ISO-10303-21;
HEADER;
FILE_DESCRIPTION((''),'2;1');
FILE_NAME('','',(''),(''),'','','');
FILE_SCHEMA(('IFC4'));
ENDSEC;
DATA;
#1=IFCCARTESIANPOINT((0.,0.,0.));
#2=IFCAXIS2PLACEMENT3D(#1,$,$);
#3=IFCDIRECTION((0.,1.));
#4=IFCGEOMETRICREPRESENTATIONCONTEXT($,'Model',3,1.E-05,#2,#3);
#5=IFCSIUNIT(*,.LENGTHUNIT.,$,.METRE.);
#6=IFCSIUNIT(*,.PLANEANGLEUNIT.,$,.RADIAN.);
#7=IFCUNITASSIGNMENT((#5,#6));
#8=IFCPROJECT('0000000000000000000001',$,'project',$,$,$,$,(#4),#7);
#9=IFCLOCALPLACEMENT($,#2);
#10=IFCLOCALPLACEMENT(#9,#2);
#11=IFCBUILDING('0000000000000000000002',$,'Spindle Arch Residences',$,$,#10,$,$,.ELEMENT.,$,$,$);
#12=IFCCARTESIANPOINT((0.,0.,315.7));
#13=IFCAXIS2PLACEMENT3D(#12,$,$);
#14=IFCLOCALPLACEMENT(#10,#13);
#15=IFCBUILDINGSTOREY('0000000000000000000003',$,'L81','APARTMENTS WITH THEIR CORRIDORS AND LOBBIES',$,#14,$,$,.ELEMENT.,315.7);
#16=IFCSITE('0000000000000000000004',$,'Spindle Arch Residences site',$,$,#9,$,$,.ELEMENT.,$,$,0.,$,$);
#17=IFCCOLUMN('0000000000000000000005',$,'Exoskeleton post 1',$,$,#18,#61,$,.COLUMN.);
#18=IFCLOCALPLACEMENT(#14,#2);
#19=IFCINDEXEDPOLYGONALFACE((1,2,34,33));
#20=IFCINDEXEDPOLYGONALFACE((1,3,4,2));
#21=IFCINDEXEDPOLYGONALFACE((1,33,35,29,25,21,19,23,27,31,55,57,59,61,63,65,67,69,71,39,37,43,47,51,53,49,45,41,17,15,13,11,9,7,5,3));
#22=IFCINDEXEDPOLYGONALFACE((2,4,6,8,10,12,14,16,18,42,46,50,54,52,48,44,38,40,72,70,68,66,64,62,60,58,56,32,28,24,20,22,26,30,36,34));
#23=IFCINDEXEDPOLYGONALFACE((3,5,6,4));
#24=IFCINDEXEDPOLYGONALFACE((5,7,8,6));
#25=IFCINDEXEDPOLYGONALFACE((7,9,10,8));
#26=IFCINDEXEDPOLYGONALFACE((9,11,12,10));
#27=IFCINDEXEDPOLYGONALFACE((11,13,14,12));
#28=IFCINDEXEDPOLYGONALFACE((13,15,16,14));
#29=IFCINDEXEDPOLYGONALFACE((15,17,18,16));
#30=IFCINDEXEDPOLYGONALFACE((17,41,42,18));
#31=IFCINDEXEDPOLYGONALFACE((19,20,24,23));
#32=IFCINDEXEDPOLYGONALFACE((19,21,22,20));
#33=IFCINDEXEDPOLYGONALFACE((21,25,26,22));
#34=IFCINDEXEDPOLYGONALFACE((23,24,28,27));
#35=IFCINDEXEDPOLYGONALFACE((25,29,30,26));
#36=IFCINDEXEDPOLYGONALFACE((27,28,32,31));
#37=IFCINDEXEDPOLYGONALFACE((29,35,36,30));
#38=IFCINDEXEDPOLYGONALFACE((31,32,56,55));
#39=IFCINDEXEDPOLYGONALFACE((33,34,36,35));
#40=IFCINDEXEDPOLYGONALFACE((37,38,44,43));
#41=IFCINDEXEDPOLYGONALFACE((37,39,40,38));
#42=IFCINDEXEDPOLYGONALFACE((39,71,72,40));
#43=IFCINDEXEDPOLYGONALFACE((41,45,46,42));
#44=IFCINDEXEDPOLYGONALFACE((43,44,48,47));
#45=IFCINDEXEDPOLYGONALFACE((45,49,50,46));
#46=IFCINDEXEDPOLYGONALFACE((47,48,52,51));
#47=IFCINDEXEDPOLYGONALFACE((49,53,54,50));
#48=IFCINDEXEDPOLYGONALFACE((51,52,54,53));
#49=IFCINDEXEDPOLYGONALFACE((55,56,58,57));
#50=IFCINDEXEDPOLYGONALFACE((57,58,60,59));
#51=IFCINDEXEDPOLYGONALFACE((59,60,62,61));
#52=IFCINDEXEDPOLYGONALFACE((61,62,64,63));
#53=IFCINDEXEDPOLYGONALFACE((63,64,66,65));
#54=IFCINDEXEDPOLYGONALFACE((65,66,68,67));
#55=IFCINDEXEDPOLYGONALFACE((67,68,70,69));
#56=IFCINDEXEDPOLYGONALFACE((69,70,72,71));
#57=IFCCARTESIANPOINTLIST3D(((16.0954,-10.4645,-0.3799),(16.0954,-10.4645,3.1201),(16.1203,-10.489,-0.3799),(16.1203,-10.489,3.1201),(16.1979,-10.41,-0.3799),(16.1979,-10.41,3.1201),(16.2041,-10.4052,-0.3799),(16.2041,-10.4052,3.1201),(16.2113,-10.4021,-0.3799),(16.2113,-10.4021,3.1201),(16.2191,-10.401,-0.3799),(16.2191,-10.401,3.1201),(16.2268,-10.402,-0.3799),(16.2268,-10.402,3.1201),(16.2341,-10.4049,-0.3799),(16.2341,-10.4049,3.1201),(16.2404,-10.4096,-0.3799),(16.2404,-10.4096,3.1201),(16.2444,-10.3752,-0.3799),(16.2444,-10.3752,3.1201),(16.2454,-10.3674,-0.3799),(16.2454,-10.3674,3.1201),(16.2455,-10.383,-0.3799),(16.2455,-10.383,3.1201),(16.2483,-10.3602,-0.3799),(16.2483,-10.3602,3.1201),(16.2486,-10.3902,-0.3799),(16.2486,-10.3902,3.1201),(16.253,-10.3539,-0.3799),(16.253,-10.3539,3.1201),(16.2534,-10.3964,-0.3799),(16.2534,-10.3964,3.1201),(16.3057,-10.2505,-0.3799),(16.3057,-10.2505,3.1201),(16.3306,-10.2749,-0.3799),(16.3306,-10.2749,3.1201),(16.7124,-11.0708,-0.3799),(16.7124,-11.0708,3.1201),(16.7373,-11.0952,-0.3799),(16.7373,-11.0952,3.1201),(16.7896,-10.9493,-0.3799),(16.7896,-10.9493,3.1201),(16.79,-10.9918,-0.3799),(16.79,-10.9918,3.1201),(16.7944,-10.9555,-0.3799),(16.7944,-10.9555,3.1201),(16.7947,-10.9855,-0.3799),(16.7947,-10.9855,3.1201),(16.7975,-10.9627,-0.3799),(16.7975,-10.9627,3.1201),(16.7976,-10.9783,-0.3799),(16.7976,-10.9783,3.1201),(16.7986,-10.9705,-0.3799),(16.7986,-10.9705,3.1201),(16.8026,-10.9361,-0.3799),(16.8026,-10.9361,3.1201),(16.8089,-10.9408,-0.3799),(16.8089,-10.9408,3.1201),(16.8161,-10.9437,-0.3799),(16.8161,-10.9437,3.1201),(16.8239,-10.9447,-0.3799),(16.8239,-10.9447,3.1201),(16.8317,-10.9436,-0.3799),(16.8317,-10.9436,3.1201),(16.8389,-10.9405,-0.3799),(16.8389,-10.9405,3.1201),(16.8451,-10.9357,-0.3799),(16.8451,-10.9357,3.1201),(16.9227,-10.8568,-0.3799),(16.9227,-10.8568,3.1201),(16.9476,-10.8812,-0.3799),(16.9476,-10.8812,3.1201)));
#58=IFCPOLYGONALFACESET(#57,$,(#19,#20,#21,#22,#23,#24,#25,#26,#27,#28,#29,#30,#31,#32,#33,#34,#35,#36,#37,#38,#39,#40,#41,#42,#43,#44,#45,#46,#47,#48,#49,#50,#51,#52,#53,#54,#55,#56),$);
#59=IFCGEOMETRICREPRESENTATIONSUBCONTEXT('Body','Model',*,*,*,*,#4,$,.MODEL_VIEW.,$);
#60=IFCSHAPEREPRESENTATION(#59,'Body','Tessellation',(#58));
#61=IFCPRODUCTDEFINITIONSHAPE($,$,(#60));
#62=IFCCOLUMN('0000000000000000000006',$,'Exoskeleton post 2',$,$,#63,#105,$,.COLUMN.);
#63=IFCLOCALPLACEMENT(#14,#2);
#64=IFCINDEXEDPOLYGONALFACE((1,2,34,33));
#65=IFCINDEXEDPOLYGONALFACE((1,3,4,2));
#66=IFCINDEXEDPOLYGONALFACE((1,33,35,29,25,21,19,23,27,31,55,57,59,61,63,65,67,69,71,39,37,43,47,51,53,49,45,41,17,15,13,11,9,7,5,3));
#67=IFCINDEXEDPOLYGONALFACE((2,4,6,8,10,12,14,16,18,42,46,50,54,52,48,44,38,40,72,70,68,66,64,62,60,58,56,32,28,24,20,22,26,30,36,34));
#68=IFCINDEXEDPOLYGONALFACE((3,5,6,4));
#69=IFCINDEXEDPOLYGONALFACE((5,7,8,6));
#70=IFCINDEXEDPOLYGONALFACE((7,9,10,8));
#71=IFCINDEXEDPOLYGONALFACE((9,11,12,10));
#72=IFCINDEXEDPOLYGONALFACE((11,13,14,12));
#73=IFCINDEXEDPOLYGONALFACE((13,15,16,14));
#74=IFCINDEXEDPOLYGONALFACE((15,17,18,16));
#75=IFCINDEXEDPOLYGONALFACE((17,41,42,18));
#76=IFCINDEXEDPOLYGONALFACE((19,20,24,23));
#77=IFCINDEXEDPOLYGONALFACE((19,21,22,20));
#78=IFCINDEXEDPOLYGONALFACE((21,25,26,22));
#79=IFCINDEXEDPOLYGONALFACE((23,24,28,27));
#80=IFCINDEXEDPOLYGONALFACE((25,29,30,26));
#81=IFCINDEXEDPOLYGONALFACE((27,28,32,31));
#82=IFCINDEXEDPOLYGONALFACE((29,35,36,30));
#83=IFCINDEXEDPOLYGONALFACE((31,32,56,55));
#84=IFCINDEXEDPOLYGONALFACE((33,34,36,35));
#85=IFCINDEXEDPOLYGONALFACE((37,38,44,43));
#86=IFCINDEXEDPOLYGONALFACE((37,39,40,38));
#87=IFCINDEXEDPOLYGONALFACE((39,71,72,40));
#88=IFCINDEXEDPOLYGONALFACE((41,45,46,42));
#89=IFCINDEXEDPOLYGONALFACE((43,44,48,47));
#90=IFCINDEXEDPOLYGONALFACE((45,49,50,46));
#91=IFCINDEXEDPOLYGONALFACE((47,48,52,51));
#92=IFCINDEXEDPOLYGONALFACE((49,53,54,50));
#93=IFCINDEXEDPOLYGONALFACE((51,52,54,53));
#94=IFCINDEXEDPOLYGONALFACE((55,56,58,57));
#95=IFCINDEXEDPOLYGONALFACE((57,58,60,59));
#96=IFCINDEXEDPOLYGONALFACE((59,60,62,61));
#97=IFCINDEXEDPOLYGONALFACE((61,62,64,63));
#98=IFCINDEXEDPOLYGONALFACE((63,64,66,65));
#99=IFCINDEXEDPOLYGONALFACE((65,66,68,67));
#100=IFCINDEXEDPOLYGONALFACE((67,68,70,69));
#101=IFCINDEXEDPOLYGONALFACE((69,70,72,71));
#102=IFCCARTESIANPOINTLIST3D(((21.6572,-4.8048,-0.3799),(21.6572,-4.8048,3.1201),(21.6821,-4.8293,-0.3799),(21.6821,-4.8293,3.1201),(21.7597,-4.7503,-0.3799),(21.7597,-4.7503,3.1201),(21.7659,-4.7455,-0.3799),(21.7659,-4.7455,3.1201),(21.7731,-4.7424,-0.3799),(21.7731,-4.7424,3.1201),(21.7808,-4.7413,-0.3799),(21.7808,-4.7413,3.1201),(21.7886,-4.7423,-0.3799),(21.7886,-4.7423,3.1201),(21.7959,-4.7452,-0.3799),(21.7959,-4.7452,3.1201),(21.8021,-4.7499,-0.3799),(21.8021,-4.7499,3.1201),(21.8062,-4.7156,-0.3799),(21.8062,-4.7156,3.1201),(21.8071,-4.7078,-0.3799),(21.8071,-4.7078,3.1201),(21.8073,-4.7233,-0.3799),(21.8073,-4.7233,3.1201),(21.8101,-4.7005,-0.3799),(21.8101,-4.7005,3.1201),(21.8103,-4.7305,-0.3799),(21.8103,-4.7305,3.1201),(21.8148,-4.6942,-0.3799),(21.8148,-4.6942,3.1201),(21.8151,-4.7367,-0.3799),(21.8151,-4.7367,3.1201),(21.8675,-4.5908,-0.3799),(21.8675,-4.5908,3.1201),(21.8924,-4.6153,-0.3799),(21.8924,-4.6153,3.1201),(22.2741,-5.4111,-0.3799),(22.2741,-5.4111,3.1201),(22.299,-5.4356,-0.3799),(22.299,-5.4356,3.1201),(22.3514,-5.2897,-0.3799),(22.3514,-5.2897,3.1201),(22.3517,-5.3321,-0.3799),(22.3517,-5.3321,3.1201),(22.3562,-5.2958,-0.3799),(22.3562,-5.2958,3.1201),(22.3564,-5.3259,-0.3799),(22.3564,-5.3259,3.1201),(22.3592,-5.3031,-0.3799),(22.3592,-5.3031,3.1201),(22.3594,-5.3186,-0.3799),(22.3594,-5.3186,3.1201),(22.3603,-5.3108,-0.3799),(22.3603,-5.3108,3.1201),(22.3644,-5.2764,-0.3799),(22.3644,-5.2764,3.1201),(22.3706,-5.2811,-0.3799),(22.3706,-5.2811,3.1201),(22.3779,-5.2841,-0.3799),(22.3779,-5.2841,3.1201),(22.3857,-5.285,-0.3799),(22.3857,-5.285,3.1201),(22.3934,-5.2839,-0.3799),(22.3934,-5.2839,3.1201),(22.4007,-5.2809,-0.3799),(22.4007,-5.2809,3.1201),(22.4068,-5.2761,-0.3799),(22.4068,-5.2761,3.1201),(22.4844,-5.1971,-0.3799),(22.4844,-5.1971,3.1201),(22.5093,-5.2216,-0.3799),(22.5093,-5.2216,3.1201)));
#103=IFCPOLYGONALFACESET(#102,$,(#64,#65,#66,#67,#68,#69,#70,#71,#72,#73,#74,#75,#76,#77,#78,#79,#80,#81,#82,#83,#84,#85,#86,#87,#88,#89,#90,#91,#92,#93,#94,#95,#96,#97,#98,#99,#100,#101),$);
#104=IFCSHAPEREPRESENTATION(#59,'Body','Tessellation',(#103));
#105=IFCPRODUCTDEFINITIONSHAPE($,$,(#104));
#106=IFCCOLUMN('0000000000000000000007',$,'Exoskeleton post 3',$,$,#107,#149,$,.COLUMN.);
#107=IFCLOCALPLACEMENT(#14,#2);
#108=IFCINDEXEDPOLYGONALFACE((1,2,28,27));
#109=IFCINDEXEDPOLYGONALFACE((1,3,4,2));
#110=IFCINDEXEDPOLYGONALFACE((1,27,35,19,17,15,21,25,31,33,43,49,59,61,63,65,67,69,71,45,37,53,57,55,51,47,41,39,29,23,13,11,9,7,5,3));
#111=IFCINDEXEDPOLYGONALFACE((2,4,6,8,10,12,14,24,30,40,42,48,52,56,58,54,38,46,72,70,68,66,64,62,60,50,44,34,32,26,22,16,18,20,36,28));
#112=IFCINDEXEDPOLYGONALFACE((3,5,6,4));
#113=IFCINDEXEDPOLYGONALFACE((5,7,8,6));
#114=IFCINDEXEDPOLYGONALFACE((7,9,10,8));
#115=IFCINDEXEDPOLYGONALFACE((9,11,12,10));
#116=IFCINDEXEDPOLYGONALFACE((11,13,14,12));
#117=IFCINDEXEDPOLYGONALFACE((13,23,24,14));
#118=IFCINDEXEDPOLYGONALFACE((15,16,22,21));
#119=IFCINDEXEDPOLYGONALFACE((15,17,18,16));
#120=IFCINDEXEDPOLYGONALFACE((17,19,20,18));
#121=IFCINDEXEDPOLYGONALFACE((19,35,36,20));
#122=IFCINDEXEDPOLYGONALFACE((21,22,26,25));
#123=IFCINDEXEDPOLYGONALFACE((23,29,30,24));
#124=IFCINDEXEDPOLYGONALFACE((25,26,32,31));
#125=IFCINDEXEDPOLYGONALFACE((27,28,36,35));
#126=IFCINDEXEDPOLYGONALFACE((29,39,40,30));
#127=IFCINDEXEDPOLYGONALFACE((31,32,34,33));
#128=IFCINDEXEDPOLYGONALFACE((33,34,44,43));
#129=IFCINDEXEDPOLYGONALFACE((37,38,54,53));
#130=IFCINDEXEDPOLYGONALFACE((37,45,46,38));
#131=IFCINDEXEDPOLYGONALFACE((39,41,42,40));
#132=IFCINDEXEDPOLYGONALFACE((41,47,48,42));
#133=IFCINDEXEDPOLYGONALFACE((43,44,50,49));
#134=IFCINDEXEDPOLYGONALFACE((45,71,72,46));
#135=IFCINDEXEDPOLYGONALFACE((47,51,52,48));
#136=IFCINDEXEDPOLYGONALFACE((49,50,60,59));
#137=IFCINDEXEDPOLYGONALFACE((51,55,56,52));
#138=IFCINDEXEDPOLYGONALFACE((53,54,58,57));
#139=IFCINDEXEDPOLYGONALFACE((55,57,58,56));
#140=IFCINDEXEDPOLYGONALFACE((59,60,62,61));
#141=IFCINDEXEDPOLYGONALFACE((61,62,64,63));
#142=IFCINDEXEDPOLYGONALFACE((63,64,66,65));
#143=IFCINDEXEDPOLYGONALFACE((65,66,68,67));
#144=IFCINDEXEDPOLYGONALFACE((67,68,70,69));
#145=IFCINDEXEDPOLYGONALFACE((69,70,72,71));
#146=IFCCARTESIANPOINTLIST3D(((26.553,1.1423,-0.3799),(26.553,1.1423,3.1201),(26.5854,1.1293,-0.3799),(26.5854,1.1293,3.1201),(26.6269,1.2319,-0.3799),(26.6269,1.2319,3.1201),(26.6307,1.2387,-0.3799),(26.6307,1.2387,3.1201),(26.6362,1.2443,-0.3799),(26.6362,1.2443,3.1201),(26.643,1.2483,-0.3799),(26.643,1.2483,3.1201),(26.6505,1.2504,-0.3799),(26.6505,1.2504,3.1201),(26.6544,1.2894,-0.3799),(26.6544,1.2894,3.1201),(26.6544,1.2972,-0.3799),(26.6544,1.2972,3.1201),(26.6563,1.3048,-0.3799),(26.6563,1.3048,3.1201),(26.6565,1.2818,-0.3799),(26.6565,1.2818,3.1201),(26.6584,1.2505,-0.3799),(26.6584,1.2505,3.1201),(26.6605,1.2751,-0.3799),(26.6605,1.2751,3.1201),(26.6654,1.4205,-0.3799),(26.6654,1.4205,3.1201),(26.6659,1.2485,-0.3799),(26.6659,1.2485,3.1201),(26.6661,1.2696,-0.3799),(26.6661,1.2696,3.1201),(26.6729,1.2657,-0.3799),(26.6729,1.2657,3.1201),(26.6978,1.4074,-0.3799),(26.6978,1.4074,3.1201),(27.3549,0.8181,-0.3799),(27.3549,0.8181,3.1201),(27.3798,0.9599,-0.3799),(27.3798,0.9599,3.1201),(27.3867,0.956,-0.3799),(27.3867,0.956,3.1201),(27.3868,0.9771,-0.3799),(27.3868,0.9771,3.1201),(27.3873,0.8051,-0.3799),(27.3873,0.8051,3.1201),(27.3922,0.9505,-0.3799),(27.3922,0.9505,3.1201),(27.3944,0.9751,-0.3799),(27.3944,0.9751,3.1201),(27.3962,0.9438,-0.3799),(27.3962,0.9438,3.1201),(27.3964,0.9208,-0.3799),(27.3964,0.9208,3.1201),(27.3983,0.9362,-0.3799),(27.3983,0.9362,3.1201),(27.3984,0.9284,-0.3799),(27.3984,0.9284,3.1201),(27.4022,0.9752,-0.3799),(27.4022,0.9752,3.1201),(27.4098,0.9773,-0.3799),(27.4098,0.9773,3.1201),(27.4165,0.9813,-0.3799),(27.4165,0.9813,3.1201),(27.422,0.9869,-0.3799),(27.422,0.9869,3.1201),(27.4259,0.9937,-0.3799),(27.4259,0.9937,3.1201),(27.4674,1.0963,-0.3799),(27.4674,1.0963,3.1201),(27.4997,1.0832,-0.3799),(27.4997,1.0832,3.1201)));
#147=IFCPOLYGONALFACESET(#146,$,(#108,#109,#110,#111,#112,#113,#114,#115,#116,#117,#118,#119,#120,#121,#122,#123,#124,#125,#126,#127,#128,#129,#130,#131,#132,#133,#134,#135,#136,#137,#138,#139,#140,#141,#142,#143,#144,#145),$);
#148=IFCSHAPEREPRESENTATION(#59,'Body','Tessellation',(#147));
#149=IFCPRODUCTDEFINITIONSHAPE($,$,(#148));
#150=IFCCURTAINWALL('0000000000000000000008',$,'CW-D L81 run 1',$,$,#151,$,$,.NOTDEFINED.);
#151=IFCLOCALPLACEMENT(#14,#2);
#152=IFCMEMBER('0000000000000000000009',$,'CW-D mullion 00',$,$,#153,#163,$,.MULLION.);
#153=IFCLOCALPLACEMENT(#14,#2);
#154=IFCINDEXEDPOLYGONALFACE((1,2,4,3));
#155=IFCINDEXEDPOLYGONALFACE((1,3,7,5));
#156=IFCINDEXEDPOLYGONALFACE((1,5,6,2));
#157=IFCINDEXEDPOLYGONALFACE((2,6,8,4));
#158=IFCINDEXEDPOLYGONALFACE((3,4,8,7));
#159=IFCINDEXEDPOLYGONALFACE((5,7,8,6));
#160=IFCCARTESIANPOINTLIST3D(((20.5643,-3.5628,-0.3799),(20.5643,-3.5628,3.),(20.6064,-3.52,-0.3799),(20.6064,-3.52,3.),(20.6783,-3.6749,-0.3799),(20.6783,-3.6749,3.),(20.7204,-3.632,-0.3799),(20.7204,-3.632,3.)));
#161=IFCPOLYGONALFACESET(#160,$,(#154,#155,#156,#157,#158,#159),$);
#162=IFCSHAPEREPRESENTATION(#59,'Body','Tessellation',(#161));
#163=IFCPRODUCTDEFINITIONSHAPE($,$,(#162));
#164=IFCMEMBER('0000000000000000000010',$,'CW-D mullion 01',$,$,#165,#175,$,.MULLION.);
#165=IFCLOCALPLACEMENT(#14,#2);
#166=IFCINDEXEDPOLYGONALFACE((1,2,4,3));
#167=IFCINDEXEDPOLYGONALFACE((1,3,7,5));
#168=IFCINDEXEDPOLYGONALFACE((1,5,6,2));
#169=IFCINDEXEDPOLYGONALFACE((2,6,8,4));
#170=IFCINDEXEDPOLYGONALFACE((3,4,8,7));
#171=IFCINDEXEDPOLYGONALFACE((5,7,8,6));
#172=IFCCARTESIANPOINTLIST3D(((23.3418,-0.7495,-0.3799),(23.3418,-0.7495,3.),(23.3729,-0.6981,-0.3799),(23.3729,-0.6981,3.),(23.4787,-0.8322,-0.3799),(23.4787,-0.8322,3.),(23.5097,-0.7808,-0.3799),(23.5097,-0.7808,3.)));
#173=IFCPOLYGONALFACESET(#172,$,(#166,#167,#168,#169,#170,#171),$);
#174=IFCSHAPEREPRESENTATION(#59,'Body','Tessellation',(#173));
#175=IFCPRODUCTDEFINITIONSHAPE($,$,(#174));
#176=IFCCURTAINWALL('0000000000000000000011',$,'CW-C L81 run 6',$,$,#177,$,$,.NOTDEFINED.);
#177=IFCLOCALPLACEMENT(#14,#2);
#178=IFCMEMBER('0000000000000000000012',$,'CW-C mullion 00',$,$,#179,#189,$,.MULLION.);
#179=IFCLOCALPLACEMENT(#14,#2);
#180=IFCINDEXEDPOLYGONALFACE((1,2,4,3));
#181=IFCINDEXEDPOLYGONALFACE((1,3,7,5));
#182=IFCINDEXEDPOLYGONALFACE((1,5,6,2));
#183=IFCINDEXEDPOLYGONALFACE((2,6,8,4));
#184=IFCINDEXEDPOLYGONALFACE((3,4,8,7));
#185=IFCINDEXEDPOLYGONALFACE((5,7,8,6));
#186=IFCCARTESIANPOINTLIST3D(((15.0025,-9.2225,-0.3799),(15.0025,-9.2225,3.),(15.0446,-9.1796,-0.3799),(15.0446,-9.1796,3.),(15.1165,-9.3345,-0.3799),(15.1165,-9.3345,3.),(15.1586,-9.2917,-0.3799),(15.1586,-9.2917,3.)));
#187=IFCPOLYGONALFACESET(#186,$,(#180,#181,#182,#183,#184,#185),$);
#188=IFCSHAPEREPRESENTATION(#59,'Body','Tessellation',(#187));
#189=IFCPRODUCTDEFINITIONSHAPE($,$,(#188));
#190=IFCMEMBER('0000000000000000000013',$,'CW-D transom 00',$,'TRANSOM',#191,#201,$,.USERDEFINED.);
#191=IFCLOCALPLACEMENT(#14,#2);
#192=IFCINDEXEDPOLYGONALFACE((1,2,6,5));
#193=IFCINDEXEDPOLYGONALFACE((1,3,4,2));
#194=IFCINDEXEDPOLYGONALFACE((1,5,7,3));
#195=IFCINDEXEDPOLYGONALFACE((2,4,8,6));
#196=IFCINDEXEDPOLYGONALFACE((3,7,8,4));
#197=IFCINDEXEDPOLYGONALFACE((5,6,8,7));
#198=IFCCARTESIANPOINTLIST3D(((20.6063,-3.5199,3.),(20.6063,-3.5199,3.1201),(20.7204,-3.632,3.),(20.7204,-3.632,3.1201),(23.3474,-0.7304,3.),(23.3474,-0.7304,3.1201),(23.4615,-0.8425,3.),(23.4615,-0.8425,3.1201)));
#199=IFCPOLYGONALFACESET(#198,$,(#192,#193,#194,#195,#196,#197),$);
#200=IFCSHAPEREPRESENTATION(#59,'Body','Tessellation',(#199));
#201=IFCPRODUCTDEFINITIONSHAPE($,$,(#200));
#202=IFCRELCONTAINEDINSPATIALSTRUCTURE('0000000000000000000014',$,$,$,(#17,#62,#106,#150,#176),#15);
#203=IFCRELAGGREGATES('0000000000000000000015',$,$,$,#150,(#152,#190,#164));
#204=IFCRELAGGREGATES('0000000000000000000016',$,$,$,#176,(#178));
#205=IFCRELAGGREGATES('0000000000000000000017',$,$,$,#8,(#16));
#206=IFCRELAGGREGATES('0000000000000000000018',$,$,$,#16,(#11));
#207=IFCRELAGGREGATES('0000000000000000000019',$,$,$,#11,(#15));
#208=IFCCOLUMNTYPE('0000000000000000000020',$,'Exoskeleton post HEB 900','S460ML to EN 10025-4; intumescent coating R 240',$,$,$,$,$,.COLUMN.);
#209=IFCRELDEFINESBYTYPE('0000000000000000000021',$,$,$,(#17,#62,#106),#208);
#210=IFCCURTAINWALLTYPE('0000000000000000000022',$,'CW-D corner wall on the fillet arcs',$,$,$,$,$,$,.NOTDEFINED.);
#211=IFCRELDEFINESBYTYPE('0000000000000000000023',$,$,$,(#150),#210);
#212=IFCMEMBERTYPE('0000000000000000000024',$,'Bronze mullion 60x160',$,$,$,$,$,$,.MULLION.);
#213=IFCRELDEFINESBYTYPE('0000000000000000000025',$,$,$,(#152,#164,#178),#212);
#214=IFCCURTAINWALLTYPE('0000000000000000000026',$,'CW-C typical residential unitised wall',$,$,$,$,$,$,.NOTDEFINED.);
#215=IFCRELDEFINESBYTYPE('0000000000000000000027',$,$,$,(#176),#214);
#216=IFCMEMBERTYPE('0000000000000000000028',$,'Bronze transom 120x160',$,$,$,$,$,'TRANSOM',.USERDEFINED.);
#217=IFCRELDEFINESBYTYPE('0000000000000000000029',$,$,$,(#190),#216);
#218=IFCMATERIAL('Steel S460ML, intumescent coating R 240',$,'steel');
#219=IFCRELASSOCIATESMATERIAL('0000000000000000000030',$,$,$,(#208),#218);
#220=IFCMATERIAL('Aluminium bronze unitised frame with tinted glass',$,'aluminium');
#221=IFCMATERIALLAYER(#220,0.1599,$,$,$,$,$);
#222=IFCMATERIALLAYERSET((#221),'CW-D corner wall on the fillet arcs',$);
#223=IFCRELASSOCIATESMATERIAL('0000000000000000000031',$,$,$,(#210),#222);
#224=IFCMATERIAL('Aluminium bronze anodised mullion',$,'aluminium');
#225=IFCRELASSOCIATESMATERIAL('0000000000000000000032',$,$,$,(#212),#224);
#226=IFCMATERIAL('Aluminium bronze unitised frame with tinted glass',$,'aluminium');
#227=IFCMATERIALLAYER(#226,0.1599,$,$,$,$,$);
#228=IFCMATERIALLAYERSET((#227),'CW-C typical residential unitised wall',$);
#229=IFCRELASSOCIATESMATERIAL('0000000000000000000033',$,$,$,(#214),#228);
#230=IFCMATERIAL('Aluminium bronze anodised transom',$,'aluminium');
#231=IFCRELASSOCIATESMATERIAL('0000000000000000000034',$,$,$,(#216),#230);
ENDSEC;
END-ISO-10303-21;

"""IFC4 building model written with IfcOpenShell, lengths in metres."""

from ifc_helpers import new_model, si_unit, direction, frame, origin, origin_2d, place, context, subcontext, project, spatial, rectangle, i_section, extrude, material, layer, layer_set, material_profile, profile_set, type_object, element, aggregate, save


model = new_model("IFC4")

# Units and contexts
model_context = context("Model", 3, precision=1e-05, world=origin(), true_north=direction((0.0, 1.0)))
body_context = subcontext(model_context, "Body", "Model", "MODEL_VIEW")
ifc_project = project(units=[si_unit("LENGTHUNIT", "METRE"), si_unit("PLANEANGLEUNIT", "RADIAN")], contexts=[model_context])

# Site, building, storey
site_placement = place(None, origin())
site = spatial("IfcSite", under=ifc_project, at=site_placement, Name="Spindle Arch Residences site", CompositionType="ELEMENT", RefElevation=0.0)
building_placement = place(site_placement, origin())
building = spatial("IfcBuilding", under=site, at=building_placement, Name="Spindle Arch Residences", CompositionType="ELEMENT")
storey_placement = place(building_placement, frame((0.0, 0.0, 315.7)))
storey = spatial("IfcBuildingStorey", under=building, at=storey_placement, Name="L81", Description="APARTMENTS WITH THEIR CORRIDORS AND LOBBIES", CompositionType="ELEMENT", Elevation=315.7)

# Columns
ifc_material_1 = material(Name="Steel S460ML, intumescent coating R 240", Category="steel")
ifc_material_profile_1 = material_profile(ifc_material_1, i_section(OverallWidth=0.3, OverallDepth=0.8999, WebThickness=0.0186, FlangeThickness=0.0349, FilletRadius=0.03, at=origin_2d()), Name="HEB 900")
ifc_profile_set_1 = profile_set([ifc_material_profile_1], Name="Steel S460ML, intumescent coating R 240")
column_type = type_object("IfcColumnType", Name="Exoskeleton post HEB 900", Description="S460ML to EN 10025-4; intumescent coating R 240", PredefinedType="COLUMN", material=ifc_profile_set_1)
for number, where, z_axis, x_axis, name in (
    (1, (16.5215, -10.6729, -0.3799), (0.0, 0.0, 1.0), (-0.700909, -0.71325, 0.0), "Exoskeleton post 1"),
    (2, (22.0833, -5.0132, -0.3799), (0.0, 0.0, 1.0), (-0.700909, -0.71325, 0.0), "Exoskeleton post 2"),
    (3, (27.0264, 1.1128, -0.3799), (0.0, 0.0, 1.0), (-0.374803, -0.927105, 0.0), "Exoskeleton post 3"),
):
    element("IfcColumn", number, at=place(storey_placement, frame(where, z_axis=z_axis, x_axis=x_axis)), inside=storey, type_object=column_type, Name=name, PredefinedType="COLUMN", context=body_context, shape_type="SweptSolid", body=[
        extrude(i_section(OverallWidth=0.3, OverallDepth=0.8999, WebThickness=0.0186, FlangeThickness=0.0349, FilletRadius=0.03, at=origin_2d()), origin(), (0.0, 0.0, 1.0), 3.5),
    ])

# Curtain wall, members
ifc_material_2 = material(Name="Aluminium bronze unitised frame with tinted glass", Category="aluminium")
ifc_layer_1 = layer(ifc_material_2, 0.1599)
ifc_layer_set_1 = layer_set([ifc_layer_1], Name="CW-D corner wall on the fillet arcs")
curtain_wall_type_1 = type_object("IfcCurtainWallType", Name="CW-D corner wall on the fillet arcs", PredefinedType="NOTDEFINED", material=ifc_layer_set_1)
curtain_wall_1_placement = place(storey_placement, origin())
curtain_wall_1 = element("IfcCurtainWall", 4, at=curtain_wall_1_placement, inside=storey, type_object=curtain_wall_type_1, Name="CW-D L81 run 1", PredefinedType="NOTDEFINED")
ifc_material_3 = material(Name="Aluminium bronze anodised mullion", Category="aluminium")
ifc_material_profile_2 = material_profile(ifc_material_3, rectangle(XDim=0.1599, YDim=0.0601, at=origin_2d()), Name="MU 60x160")
ifc_profile_set_2 = profile_set([ifc_material_profile_2], Name="Aluminium bronze anodised mullion")
member_type_1 = type_object("IfcMemberType", Name="Bronze mullion 60x160", PredefinedType="MULLION", material=ifc_profile_set_2)
member_1_placement = place(storey_placement, frame((20.6423, -3.5974, -0.3799), z_axis=(0.0, 0.0, 1.0), x_axis=(-0.71325, 0.700909, 0.0)))
member_1 = element("IfcMember", 5, at=member_1_placement, type_object=member_type_1, Name="CW-D mullion 00", PredefinedType="MULLION", context=body_context, shape_type="SweptSolid", body=[
    extrude(rectangle(XDim=0.1599, YDim=0.0601, at=origin_2d()), origin(), (0.0, 0.0, 1.0), 3.3799),
])
member_2_placement = place(storey_placement, frame((23.4258, -0.7651, -0.3799), z_axis=(0.0, 0.0, 1.0), x_axis=(-0.855665, 0.517529, 0.0)))
member_2 = element("IfcMember", 6, at=member_2_placement, type_object=member_type_1, Name="CW-D mullion 01", PredefinedType="MULLION", context=body_context, shape_type="SweptSolid", body=[
    extrude(rectangle(XDim=0.1599, YDim=0.0601, at=origin_2d()), origin(), (0.0, 0.0, 1.0), 3.3799),
])

# Curtain wall, member
ifc_material_4 = material(Name="Aluminium bronze unitised frame with tinted glass", Category="aluminium")
ifc_layer_2 = layer(ifc_material_4, 0.1599)
ifc_layer_set_2 = layer_set([ifc_layer_2], Name="CW-C typical residential unitised wall")
curtain_wall_type_2 = type_object("IfcCurtainWallType", Name="CW-C typical residential unitised wall", PredefinedType="NOTDEFINED", material=ifc_layer_set_2)
curtain_wall_2_placement = place(storey_placement, origin())
curtain_wall_2 = element("IfcCurtainWall", 7, at=curtain_wall_2_placement, inside=storey, type_object=curtain_wall_type_2, Name="CW-C L81 run 6", PredefinedType="NOTDEFINED")
member_3_placement = place(storey_placement, frame((15.0806, -9.2571, -0.3799), z_axis=(0.0, 0.0, 1.0), x_axis=(-0.71325, 0.700909, 0.0)))
member_3 = element("IfcMember", 8, at=member_3_placement, type_object=member_type_1, Name="CW-C mullion 00", PredefinedType="MULLION", context=body_context, shape_type="SweptSolid", body=[
    extrude(rectangle(XDim=0.1599, YDim=0.0601, at=origin_2d()), origin(), (0.0, 0.0, 1.0), 3.3799),
])

# Member
ifc_material_5 = material(Name="Aluminium bronze anodised transom", Category="aluminium")
ifc_material_profile_3 = material_profile(ifc_material_5, rectangle(XDim=0.1599, YDim=0.1201, at=origin_2d()), Name="TR 120x160")
ifc_profile_set_3 = profile_set([ifc_material_profile_3], Name="Aluminium bronze anodised transom")
member_type_2 = type_object("IfcMemberType", Name="Bronze transom 120x160", ElementType="TRANSOM", PredefinedType="USERDEFINED", material=ifc_profile_set_3)
member_4_placement = place(storey_placement, frame((20.6633, -3.5759, 3.0601), z_axis=(0.7009, 0.71326, 0.0), x_axis=(-0.71326, 0.7009, 0.0)))
member_4 = element("IfcMember", 9, at=member_4_placement, type_object=member_type_2, Name="CW-D transom 00", ObjectType="TRANSOM", PredefinedType="USERDEFINED", context=body_context, shape_type="SweptSolid", body=[
    extrude(rectangle(XDim=0.1599, YDim=0.1201, at=origin_2d()), origin(), (0.0, 0.0, 1.0), 3.9109),
])

aggregate(curtain_wall_1, [member_1, member_4, member_2])
aggregate(curtain_wall_2, [member_3])

save(model, "model.ifc")
